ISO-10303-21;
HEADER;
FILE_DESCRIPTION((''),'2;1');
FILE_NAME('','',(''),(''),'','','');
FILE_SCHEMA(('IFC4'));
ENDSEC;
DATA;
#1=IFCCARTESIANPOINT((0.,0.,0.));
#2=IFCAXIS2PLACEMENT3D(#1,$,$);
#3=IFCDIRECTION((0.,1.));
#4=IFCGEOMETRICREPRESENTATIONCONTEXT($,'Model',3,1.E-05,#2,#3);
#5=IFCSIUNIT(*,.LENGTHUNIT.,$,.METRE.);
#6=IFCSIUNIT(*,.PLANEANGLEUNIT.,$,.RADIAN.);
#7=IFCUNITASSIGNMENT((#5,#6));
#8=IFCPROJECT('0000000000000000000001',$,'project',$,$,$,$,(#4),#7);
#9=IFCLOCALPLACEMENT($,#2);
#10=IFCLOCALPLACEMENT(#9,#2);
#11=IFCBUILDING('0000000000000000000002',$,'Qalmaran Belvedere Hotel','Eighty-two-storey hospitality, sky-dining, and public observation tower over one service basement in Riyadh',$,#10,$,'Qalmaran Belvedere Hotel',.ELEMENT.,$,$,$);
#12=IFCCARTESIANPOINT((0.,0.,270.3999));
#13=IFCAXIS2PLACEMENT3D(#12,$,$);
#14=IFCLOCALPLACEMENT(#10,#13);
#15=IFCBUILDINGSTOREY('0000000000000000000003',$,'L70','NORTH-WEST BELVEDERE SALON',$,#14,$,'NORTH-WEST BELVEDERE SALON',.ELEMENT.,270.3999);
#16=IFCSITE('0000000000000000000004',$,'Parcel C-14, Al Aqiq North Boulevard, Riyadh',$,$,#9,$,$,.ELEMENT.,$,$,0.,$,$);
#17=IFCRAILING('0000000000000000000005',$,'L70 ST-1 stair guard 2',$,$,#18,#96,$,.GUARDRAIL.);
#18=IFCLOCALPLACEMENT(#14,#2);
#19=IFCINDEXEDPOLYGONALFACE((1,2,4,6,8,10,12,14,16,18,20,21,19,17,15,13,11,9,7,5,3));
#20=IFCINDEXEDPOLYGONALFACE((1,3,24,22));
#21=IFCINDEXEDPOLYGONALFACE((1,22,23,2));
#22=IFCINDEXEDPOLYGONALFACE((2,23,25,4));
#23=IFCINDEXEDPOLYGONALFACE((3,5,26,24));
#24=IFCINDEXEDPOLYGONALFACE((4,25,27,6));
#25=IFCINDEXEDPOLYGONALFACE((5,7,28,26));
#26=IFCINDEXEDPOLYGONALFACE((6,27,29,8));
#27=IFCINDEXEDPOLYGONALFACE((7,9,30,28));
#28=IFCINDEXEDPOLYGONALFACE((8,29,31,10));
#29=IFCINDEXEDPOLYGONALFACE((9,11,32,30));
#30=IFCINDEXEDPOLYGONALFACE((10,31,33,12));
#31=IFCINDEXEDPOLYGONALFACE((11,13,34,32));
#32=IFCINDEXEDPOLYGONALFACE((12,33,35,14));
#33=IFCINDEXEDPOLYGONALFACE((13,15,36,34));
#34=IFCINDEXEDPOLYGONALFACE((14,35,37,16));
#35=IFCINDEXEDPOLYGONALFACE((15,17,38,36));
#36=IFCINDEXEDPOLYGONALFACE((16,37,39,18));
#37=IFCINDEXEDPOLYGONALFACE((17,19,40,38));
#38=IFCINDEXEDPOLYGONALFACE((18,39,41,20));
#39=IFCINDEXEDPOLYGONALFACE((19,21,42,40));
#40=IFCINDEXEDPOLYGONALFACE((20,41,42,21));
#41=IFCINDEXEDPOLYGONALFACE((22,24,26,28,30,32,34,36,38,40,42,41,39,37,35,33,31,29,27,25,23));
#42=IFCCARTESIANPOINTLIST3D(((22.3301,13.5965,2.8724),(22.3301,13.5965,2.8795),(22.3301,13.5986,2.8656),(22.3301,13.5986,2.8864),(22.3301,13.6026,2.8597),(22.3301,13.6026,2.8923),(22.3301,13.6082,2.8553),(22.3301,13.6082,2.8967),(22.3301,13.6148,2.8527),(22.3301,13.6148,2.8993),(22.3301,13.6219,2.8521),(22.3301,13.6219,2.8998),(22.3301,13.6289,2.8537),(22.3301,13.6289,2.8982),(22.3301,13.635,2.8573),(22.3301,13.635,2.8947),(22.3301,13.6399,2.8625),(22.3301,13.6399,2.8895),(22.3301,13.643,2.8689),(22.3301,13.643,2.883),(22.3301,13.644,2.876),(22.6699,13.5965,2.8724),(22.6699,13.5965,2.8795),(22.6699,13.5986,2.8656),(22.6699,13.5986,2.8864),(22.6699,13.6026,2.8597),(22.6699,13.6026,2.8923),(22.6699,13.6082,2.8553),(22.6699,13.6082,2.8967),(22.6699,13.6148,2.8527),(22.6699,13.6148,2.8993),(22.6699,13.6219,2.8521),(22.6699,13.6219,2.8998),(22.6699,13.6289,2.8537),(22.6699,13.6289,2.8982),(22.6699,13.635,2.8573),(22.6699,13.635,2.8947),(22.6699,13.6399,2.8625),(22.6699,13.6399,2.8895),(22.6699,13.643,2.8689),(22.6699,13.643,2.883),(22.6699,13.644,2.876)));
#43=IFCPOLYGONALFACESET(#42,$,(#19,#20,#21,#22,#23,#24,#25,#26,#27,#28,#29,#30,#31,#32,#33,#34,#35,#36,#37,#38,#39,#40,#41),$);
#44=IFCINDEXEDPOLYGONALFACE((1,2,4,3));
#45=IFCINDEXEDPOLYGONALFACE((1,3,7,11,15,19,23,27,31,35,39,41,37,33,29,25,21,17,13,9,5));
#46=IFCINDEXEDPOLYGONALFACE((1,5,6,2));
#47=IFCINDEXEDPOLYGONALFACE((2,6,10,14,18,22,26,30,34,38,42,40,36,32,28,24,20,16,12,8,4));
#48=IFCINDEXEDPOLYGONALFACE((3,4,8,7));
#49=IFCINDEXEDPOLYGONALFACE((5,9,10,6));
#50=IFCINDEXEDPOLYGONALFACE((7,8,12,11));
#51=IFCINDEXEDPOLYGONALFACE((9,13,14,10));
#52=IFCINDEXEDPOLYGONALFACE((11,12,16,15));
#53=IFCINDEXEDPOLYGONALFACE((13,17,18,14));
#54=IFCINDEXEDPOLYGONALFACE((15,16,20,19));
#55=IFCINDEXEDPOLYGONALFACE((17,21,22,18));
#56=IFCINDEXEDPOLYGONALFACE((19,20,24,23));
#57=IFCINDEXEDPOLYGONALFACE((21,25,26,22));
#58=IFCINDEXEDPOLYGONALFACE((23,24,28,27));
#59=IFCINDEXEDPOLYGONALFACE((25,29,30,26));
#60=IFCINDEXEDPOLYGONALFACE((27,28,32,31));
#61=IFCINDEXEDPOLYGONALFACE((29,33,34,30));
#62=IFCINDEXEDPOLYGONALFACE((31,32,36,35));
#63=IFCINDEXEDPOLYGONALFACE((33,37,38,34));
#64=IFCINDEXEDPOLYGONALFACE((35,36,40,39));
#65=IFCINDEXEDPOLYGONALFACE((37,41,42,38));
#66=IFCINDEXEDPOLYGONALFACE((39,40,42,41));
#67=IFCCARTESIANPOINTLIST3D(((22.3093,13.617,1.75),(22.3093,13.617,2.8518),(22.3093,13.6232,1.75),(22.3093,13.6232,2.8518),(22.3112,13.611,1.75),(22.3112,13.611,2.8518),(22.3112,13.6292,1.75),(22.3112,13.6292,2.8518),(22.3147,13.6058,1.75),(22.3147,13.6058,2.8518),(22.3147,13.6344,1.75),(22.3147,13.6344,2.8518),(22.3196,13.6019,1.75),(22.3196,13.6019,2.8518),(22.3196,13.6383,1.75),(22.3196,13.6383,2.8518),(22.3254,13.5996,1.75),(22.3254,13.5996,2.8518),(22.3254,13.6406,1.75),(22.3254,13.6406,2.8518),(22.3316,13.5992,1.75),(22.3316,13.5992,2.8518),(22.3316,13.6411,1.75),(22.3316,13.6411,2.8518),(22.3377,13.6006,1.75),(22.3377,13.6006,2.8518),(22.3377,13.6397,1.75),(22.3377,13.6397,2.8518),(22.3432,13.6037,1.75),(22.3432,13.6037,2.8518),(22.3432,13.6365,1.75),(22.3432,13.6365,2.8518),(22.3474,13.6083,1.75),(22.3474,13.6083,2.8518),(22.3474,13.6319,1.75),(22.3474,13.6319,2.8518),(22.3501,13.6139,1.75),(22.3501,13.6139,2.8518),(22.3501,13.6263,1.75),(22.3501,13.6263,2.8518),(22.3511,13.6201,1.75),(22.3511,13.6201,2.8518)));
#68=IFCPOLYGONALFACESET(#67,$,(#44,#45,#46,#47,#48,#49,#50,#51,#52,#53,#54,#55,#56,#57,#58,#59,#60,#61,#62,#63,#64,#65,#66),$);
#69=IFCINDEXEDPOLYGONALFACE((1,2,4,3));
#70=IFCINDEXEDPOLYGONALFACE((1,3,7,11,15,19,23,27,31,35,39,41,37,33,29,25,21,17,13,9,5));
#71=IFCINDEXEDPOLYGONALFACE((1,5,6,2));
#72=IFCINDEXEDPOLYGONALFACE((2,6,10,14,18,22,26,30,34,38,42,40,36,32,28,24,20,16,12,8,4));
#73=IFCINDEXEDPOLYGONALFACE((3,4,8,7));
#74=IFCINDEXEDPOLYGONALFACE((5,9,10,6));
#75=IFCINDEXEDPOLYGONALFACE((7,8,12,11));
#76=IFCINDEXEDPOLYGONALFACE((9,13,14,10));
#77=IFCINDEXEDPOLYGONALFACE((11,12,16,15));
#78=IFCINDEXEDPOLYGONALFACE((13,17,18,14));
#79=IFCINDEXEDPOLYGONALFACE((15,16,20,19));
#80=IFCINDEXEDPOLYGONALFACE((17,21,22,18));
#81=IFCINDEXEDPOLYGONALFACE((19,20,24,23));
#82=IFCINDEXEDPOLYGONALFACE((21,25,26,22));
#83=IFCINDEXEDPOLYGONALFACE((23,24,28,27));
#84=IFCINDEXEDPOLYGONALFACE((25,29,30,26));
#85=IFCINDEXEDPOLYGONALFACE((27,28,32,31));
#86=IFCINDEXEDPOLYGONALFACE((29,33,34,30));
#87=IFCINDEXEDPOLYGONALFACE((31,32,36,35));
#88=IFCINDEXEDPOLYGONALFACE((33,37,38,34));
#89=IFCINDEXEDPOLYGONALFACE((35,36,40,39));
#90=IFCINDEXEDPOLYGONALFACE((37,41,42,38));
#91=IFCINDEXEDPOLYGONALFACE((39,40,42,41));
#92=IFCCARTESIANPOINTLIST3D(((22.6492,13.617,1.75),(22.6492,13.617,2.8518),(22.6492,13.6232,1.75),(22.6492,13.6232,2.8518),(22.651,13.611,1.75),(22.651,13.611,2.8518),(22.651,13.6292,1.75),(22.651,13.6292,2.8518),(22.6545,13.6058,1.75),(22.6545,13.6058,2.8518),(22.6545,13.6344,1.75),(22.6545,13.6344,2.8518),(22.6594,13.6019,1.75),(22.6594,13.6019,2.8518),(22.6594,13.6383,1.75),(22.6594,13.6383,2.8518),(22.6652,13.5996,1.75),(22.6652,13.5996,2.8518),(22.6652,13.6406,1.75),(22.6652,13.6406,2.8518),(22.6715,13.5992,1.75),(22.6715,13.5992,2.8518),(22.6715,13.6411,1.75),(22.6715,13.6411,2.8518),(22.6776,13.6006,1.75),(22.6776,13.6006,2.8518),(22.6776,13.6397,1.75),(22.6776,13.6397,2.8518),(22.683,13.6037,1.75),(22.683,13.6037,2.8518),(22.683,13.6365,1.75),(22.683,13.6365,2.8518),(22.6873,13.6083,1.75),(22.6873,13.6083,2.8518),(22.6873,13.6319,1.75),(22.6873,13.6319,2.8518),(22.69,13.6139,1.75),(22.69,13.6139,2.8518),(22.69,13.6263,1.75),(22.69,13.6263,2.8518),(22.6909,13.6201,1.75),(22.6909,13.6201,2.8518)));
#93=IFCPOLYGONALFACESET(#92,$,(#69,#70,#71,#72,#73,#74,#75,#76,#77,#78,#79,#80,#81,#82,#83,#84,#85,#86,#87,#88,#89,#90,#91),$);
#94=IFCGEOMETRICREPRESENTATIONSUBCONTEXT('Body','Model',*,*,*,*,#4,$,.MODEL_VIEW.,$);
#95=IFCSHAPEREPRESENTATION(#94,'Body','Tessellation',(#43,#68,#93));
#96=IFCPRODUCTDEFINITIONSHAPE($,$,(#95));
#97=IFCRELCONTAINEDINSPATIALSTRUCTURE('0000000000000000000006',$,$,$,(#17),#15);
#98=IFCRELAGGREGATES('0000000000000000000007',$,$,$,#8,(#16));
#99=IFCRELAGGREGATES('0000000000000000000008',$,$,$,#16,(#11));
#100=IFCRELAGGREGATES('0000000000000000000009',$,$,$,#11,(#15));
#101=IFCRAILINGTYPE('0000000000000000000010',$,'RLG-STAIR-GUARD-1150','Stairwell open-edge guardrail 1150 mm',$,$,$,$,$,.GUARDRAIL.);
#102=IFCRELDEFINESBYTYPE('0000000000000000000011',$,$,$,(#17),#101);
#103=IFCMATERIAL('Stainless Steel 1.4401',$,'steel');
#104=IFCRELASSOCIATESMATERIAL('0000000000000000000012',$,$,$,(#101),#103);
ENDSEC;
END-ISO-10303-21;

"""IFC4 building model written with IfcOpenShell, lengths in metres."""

from ifc_helpers import new_model, si_unit, direction, frame, origin, origin_2d, place, context, subcontext, project, spatial, circle, extrude, material, type_object, element, save


model = new_model("IFC4")

# Units and contexts
model_context = context("Model", 3, precision=1e-05, world=origin(), true_north=direction((0.0, 1.0)))
body_context = subcontext(model_context, "Body", "Model", "MODEL_VIEW")
ifc_project = project(units=[si_unit("LENGTHUNIT", "METRE"), si_unit("PLANEANGLEUNIT", "RADIAN")], contexts=[model_context])

# Site, building, storey
site_placement = place(None, origin())
site = spatial("IfcSite", under=ifc_project, at=site_placement, Name="Parcel C-14, Al Aqiq North Boulevard, Riyadh", CompositionType="ELEMENT", RefElevation=0.0)
building_placement = place(site_placement, origin())
building = spatial("IfcBuilding", under=site, at=building_placement, Name="Qalmaran Belvedere Hotel", Description="Eighty-two-storey hospitality, sky-dining, and public observation tower over one service basement in Riyadh", LongName="Qalmaran Belvedere Hotel", CompositionType="ELEMENT")
storey_placement = place(building_placement, frame((0.0, 0.0, 270.3999)))
storey = spatial("IfcBuildingStorey", under=building, at=storey_placement, Name="L70", Description="NORTH-WEST BELVEDERE SALON", LongName="NORTH-WEST BELVEDERE SALON", CompositionType="ELEMENT", Elevation=270.3999)

# Railing
ifc_material_1 = material(Name="Stainless Steel 1.4401", Category="steel")
railing_type_1 = type_object("IfcRailingType", Name="RLG-STAIR-GUARD-1150", Description="Stairwell open-edge guardrail 1150 mm", PredefinedType="GUARDRAIL", material=ifc_material_1)
railing_1_placement = place(storey_placement, frame((22.3301, 13.6201, 1.75)))
element("IfcRailing", 1, at=railing_1_placement, inside=storey, type_object=railing_type_1, Name="L70 ST-1 stair guard 2", PredefinedType="GUARDRAIL", context=body_context, shape_type="SweptSolid", body=[
    extrude(circle(Radius=0.0239, at=origin_2d()), frame((0.0, 0.0, 1.126), z_axis=(1.0, 0.0, 0.0), x_axis=(0.0, 1.0, 0.0)), (0.0, 0.0, 1.0), 0.3398),
    extrude(circle(Radius=0.021, at=origin_2d()), origin(), (0.0, 0.0, 1.0), 1.1018),
    extrude(circle(Radius=0.021, at=origin_2d()), frame((0.3398, 0.0, 0.0)), (0.0, 0.0, 1.0), 1.1018),
])

save(model, "model.ifc")
